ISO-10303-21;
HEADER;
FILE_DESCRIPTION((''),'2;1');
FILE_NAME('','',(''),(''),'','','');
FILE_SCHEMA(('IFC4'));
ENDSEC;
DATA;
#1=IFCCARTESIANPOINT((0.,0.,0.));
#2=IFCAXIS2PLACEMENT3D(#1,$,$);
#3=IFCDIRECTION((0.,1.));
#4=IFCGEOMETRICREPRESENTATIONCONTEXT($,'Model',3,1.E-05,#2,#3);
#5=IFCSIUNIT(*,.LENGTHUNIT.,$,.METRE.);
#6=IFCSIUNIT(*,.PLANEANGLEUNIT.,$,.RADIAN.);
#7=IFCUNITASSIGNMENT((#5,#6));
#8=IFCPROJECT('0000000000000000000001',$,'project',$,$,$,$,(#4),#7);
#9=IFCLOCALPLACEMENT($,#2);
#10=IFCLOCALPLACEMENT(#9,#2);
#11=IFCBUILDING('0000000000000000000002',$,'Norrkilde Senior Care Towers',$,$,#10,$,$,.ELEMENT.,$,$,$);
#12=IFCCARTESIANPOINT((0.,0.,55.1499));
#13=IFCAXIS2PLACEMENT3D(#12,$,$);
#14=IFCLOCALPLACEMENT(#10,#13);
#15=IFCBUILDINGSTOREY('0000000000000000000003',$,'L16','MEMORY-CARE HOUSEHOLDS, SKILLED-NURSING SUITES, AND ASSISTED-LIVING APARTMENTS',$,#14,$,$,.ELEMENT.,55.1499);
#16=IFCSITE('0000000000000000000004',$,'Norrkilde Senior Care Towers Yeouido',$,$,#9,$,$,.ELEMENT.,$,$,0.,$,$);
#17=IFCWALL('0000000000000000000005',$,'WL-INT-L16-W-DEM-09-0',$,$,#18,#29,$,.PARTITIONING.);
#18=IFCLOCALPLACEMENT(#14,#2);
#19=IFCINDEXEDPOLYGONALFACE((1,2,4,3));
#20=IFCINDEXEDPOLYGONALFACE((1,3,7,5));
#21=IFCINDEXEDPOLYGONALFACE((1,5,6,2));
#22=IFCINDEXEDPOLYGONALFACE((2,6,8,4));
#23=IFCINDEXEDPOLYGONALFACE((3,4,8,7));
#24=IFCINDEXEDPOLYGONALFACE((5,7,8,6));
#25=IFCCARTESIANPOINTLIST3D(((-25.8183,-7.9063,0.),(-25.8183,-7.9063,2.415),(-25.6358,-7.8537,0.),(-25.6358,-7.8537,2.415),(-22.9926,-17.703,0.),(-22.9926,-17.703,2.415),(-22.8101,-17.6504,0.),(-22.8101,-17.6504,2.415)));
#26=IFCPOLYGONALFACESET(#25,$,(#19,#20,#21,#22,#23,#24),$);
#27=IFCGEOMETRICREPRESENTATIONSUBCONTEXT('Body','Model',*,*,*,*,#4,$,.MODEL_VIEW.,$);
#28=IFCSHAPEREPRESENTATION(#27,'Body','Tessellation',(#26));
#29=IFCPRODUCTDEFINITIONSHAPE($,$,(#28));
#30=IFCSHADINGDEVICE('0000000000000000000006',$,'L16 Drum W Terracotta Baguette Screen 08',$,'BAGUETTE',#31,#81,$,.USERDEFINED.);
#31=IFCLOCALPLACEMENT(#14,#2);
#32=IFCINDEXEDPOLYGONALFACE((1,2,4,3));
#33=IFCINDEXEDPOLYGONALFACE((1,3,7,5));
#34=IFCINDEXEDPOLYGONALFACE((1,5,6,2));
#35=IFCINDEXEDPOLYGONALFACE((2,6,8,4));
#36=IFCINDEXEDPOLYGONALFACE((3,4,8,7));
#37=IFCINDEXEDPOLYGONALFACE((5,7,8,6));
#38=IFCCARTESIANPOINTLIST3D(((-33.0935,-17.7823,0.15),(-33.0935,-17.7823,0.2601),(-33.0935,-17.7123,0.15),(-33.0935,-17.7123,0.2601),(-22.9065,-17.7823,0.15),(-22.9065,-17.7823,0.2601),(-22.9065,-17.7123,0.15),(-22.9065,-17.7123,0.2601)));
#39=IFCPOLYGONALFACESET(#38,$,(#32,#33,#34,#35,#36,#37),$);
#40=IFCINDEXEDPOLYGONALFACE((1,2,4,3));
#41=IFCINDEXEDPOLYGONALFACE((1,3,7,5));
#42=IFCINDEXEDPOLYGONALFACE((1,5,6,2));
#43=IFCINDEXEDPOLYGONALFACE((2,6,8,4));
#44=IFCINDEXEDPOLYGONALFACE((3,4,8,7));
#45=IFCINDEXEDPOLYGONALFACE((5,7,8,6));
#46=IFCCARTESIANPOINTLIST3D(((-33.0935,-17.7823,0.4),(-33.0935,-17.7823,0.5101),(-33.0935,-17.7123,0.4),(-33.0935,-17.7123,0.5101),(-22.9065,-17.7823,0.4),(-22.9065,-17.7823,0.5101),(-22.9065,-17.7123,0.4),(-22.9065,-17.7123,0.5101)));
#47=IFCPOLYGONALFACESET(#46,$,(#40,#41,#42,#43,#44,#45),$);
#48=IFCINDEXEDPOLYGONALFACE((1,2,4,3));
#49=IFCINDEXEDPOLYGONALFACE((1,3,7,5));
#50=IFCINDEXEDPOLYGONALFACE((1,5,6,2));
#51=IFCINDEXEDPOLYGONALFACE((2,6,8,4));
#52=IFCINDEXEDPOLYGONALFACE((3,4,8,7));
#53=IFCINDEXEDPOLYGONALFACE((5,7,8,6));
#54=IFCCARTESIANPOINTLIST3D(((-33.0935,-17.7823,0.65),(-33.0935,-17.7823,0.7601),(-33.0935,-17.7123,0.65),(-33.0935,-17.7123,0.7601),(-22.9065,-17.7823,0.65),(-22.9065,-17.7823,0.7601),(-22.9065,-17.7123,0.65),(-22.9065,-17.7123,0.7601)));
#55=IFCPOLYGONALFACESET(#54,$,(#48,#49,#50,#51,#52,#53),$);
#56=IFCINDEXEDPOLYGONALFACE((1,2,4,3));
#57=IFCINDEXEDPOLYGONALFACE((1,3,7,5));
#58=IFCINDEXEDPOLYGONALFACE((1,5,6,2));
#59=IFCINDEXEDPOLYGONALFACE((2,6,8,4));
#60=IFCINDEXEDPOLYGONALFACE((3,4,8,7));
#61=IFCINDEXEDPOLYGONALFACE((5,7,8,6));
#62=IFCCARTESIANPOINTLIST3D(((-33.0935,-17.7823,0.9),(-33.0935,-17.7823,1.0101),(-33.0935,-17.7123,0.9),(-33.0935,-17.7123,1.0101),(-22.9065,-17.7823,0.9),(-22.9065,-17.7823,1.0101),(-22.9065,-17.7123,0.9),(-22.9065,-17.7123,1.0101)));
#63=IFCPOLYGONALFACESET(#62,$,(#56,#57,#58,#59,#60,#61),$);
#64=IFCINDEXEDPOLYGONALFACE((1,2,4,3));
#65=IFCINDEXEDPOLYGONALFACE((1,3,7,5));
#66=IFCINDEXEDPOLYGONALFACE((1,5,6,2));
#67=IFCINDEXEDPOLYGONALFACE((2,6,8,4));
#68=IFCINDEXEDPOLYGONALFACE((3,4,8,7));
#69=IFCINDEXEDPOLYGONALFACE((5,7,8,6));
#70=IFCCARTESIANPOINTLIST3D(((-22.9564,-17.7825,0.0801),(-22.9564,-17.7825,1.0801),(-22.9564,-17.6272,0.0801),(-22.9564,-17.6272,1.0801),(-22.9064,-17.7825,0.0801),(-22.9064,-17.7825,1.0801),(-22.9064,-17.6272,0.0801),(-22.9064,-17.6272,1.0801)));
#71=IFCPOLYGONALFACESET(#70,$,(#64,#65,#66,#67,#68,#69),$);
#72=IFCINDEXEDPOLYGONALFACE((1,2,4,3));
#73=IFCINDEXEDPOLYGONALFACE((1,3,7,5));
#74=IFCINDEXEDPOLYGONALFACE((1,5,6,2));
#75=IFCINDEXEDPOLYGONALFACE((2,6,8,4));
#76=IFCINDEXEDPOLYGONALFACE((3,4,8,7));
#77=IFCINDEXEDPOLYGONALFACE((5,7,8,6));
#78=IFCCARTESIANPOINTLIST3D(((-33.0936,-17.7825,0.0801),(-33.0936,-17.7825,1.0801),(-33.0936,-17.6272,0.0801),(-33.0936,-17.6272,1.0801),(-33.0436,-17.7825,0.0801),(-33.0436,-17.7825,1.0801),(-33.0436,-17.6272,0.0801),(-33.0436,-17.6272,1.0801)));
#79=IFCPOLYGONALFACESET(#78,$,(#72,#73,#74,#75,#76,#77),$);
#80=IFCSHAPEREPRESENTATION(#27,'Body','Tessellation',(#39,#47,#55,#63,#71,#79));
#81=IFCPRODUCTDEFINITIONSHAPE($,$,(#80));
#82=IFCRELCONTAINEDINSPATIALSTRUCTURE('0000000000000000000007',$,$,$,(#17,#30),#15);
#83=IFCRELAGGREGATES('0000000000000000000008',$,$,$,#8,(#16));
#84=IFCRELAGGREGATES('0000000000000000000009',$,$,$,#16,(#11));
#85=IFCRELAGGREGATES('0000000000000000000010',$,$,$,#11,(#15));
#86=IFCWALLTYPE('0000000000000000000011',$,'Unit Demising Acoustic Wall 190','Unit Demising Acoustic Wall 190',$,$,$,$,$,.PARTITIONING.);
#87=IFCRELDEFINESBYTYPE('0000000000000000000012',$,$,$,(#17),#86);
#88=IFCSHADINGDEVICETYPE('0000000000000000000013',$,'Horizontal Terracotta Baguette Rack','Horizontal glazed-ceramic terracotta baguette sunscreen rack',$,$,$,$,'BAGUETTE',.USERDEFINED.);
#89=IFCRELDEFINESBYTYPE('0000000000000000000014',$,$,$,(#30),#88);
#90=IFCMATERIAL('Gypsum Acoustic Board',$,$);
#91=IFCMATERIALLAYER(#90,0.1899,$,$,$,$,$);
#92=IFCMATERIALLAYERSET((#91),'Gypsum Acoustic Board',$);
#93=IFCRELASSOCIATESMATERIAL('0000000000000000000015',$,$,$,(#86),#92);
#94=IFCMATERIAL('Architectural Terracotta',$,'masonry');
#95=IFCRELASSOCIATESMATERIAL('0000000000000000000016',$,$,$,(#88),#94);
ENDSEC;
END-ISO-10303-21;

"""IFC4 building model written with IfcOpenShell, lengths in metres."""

from ifc_helpers import new_model, si_unit, direction, frame, frame_2d, origin, origin_2d, place, context, subcontext, project, spatial, rectangle, extrude, source, transform, mapped, material, layer, layer_set, type_object, type_shapes, element, save


model = new_model("IFC4")

# Units and contexts
model_context = context("Model", 3, precision=1e-05, world=origin(), true_north=direction((0.0, 1.0)))
body_context = subcontext(model_context, "Body", "Model", "MODEL_VIEW")
ifc_project = project(units=[si_unit("LENGTHUNIT", "METRE"), si_unit("PLANEANGLEUNIT", "RADIAN")], contexts=[model_context])

# Site, building, storey
site_placement = place(None, origin())
site = spatial("IfcSite", under=ifc_project, at=site_placement, Name="Norrkilde Senior Care Towers Yeouido", CompositionType="ELEMENT", RefElevation=0.0)
building_placement = place(site_placement, origin())
building = spatial("IfcBuilding", under=site, at=building_placement, Name="Norrkilde Senior Care Towers", CompositionType="ELEMENT")
storey_placement = place(building_placement, frame((0.0, 0.0, 55.1499)))
storey = spatial("IfcBuildingStorey", under=building, at=storey_placement, Name="L16", Description="MEMORY-CARE HOUSEHOLDS, SKILLED-NURSING SUITES, AND ASSISTED-LIVING APARTMENTS", CompositionType="ELEMENT", Elevation=55.1499)

# Shared definitions
ifc_material_1 = material(Name="Gypsum Acoustic Board")

# Wall
ifc_layer_1 = layer(ifc_material_1, 0.1899)
ifc_layer_set_1 = layer_set([ifc_layer_1], Name="Gypsum Acoustic Board")
wall_type_1 = type_object("IfcWallType", Name="Unit Demising Acoustic Wall 190", Description="Unit Demising Acoustic Wall 190", PredefinedType="PARTITIONING", material=ifc_layer_set_1)
shared_shape_1 = source(origin(), body_context, "Body", "SweptSolid", [
    extrude(rectangle(XDim=10.196, YDim=0.1899, at=frame_2d((5.0981, 0.0))), origin(), (0.0, 0.0, 1.0), 2.415),
])
type_shapes(wall_type_1, [shared_shape_1])
wall_1_placement = place(storey_placement, frame((-25.7271, -7.8799, 0.0), z_axis=(0.0, 0.0, 1.0), x_axis=(0.277136, -0.960831, 0.0)))
element("IfcWall", 1, at=wall_1_placement, inside=storey, type_object=wall_type_1, Name="WL-INT-L16-W-DEM-09-0", PredefinedType="PARTITIONING", context=body_context, shape_type="MappedRepresentation", body=[
    mapped(shared_shape_1, transform((0.0, 0.0, 0.0), x_axis=(1.0, 0.0, 0.0), y_axis=(0.0, 1.0, 0.0), z_axis=(0.0, 0.0, 1.0), scale=1.0)),
])

# Shading device
ifc_material_2 = material(Name="Architectural Terracotta", Category="masonry")
shading_device_type = type_object("IfcShadingDeviceType", Name="Horizontal Terracotta Baguette Rack", Description="Horizontal glazed-ceramic terracotta baguette sunscreen rack", ElementType="BAGUETTE", PredefinedType="USERDEFINED", material=ifc_material_2)
shared_shape_2 = source(origin(), body_context, "Body", "SweptSolid", [
    extrude(rectangle(XDim=0.0701, YDim=0.1101, at=origin_2d()), frame((0.0, 0.0901, 0.125), z_axis=(1.0, 0.0, 0.0), x_axis=(0.0, 1.0, 0.0)), (0.0, 0.0, 1.0), 10.187),
    extrude(rectangle(XDim=0.0701, YDim=0.1101, at=origin_2d()), frame((0.0, 0.0901, 0.375), z_axis=(1.0, 0.0, 0.0), x_axis=(0.0, 1.0, 0.0)), (0.0, 0.0, 1.0), 10.187),
    extrude(rectangle(XDim=0.0701, YDim=0.1101, at=origin_2d()), frame((0.0, 0.0901, 0.625), z_axis=(1.0, 0.0, 0.0), x_axis=(0.0, 1.0, 0.0)), (0.0, 0.0, 1.0), 10.187),
    extrude(rectangle(XDim=0.0701, YDim=0.1101, at=origin_2d()), frame((0.0, 0.0901, 0.875), z_axis=(1.0, 0.0, 0.0), x_axis=(0.0, 1.0, 0.0)), (0.0, 0.0, 1.0), 10.187),
    extrude(rectangle(XDim=0.05, YDim=0.1553, at=origin_2d()), frame((0.0249, 0.0476, 0.0)), (0.0, 0.0, 1.0), 1.0),
    extrude(rectangle(XDim=0.05, YDim=0.1553, at=origin_2d()), frame((10.1621, 0.0476, 0.0)), (0.0, 0.0, 1.0), 1.0),
])
type_shapes(shading_device_type, [shared_shape_2])
shading_device_placement = place(storey_placement, frame((-22.9065, -17.6572, 0.0801), z_axis=(0.0, 0.0, 1.0), x_axis=(-1.0, 0.0, 0.0)))
element("IfcShadingDevice", 2, at=shading_device_placement, inside=storey, type_object=shading_device_type, Name="L16 Drum W Terracotta Baguette Screen 08", ObjectType="BAGUETTE", PredefinedType="USERDEFINED", context=body_context, shape_type="MappedRepresentation", body=[
    mapped(shared_shape_2, transform((0.0, 0.0, 0.0), x_axis=(1.0, 0.0, 0.0), y_axis=(0.0, 1.0, 0.0), z_axis=(0.0, 0.0, 1.0), scale=1.0)),
])

save(model, "model.ifc")
